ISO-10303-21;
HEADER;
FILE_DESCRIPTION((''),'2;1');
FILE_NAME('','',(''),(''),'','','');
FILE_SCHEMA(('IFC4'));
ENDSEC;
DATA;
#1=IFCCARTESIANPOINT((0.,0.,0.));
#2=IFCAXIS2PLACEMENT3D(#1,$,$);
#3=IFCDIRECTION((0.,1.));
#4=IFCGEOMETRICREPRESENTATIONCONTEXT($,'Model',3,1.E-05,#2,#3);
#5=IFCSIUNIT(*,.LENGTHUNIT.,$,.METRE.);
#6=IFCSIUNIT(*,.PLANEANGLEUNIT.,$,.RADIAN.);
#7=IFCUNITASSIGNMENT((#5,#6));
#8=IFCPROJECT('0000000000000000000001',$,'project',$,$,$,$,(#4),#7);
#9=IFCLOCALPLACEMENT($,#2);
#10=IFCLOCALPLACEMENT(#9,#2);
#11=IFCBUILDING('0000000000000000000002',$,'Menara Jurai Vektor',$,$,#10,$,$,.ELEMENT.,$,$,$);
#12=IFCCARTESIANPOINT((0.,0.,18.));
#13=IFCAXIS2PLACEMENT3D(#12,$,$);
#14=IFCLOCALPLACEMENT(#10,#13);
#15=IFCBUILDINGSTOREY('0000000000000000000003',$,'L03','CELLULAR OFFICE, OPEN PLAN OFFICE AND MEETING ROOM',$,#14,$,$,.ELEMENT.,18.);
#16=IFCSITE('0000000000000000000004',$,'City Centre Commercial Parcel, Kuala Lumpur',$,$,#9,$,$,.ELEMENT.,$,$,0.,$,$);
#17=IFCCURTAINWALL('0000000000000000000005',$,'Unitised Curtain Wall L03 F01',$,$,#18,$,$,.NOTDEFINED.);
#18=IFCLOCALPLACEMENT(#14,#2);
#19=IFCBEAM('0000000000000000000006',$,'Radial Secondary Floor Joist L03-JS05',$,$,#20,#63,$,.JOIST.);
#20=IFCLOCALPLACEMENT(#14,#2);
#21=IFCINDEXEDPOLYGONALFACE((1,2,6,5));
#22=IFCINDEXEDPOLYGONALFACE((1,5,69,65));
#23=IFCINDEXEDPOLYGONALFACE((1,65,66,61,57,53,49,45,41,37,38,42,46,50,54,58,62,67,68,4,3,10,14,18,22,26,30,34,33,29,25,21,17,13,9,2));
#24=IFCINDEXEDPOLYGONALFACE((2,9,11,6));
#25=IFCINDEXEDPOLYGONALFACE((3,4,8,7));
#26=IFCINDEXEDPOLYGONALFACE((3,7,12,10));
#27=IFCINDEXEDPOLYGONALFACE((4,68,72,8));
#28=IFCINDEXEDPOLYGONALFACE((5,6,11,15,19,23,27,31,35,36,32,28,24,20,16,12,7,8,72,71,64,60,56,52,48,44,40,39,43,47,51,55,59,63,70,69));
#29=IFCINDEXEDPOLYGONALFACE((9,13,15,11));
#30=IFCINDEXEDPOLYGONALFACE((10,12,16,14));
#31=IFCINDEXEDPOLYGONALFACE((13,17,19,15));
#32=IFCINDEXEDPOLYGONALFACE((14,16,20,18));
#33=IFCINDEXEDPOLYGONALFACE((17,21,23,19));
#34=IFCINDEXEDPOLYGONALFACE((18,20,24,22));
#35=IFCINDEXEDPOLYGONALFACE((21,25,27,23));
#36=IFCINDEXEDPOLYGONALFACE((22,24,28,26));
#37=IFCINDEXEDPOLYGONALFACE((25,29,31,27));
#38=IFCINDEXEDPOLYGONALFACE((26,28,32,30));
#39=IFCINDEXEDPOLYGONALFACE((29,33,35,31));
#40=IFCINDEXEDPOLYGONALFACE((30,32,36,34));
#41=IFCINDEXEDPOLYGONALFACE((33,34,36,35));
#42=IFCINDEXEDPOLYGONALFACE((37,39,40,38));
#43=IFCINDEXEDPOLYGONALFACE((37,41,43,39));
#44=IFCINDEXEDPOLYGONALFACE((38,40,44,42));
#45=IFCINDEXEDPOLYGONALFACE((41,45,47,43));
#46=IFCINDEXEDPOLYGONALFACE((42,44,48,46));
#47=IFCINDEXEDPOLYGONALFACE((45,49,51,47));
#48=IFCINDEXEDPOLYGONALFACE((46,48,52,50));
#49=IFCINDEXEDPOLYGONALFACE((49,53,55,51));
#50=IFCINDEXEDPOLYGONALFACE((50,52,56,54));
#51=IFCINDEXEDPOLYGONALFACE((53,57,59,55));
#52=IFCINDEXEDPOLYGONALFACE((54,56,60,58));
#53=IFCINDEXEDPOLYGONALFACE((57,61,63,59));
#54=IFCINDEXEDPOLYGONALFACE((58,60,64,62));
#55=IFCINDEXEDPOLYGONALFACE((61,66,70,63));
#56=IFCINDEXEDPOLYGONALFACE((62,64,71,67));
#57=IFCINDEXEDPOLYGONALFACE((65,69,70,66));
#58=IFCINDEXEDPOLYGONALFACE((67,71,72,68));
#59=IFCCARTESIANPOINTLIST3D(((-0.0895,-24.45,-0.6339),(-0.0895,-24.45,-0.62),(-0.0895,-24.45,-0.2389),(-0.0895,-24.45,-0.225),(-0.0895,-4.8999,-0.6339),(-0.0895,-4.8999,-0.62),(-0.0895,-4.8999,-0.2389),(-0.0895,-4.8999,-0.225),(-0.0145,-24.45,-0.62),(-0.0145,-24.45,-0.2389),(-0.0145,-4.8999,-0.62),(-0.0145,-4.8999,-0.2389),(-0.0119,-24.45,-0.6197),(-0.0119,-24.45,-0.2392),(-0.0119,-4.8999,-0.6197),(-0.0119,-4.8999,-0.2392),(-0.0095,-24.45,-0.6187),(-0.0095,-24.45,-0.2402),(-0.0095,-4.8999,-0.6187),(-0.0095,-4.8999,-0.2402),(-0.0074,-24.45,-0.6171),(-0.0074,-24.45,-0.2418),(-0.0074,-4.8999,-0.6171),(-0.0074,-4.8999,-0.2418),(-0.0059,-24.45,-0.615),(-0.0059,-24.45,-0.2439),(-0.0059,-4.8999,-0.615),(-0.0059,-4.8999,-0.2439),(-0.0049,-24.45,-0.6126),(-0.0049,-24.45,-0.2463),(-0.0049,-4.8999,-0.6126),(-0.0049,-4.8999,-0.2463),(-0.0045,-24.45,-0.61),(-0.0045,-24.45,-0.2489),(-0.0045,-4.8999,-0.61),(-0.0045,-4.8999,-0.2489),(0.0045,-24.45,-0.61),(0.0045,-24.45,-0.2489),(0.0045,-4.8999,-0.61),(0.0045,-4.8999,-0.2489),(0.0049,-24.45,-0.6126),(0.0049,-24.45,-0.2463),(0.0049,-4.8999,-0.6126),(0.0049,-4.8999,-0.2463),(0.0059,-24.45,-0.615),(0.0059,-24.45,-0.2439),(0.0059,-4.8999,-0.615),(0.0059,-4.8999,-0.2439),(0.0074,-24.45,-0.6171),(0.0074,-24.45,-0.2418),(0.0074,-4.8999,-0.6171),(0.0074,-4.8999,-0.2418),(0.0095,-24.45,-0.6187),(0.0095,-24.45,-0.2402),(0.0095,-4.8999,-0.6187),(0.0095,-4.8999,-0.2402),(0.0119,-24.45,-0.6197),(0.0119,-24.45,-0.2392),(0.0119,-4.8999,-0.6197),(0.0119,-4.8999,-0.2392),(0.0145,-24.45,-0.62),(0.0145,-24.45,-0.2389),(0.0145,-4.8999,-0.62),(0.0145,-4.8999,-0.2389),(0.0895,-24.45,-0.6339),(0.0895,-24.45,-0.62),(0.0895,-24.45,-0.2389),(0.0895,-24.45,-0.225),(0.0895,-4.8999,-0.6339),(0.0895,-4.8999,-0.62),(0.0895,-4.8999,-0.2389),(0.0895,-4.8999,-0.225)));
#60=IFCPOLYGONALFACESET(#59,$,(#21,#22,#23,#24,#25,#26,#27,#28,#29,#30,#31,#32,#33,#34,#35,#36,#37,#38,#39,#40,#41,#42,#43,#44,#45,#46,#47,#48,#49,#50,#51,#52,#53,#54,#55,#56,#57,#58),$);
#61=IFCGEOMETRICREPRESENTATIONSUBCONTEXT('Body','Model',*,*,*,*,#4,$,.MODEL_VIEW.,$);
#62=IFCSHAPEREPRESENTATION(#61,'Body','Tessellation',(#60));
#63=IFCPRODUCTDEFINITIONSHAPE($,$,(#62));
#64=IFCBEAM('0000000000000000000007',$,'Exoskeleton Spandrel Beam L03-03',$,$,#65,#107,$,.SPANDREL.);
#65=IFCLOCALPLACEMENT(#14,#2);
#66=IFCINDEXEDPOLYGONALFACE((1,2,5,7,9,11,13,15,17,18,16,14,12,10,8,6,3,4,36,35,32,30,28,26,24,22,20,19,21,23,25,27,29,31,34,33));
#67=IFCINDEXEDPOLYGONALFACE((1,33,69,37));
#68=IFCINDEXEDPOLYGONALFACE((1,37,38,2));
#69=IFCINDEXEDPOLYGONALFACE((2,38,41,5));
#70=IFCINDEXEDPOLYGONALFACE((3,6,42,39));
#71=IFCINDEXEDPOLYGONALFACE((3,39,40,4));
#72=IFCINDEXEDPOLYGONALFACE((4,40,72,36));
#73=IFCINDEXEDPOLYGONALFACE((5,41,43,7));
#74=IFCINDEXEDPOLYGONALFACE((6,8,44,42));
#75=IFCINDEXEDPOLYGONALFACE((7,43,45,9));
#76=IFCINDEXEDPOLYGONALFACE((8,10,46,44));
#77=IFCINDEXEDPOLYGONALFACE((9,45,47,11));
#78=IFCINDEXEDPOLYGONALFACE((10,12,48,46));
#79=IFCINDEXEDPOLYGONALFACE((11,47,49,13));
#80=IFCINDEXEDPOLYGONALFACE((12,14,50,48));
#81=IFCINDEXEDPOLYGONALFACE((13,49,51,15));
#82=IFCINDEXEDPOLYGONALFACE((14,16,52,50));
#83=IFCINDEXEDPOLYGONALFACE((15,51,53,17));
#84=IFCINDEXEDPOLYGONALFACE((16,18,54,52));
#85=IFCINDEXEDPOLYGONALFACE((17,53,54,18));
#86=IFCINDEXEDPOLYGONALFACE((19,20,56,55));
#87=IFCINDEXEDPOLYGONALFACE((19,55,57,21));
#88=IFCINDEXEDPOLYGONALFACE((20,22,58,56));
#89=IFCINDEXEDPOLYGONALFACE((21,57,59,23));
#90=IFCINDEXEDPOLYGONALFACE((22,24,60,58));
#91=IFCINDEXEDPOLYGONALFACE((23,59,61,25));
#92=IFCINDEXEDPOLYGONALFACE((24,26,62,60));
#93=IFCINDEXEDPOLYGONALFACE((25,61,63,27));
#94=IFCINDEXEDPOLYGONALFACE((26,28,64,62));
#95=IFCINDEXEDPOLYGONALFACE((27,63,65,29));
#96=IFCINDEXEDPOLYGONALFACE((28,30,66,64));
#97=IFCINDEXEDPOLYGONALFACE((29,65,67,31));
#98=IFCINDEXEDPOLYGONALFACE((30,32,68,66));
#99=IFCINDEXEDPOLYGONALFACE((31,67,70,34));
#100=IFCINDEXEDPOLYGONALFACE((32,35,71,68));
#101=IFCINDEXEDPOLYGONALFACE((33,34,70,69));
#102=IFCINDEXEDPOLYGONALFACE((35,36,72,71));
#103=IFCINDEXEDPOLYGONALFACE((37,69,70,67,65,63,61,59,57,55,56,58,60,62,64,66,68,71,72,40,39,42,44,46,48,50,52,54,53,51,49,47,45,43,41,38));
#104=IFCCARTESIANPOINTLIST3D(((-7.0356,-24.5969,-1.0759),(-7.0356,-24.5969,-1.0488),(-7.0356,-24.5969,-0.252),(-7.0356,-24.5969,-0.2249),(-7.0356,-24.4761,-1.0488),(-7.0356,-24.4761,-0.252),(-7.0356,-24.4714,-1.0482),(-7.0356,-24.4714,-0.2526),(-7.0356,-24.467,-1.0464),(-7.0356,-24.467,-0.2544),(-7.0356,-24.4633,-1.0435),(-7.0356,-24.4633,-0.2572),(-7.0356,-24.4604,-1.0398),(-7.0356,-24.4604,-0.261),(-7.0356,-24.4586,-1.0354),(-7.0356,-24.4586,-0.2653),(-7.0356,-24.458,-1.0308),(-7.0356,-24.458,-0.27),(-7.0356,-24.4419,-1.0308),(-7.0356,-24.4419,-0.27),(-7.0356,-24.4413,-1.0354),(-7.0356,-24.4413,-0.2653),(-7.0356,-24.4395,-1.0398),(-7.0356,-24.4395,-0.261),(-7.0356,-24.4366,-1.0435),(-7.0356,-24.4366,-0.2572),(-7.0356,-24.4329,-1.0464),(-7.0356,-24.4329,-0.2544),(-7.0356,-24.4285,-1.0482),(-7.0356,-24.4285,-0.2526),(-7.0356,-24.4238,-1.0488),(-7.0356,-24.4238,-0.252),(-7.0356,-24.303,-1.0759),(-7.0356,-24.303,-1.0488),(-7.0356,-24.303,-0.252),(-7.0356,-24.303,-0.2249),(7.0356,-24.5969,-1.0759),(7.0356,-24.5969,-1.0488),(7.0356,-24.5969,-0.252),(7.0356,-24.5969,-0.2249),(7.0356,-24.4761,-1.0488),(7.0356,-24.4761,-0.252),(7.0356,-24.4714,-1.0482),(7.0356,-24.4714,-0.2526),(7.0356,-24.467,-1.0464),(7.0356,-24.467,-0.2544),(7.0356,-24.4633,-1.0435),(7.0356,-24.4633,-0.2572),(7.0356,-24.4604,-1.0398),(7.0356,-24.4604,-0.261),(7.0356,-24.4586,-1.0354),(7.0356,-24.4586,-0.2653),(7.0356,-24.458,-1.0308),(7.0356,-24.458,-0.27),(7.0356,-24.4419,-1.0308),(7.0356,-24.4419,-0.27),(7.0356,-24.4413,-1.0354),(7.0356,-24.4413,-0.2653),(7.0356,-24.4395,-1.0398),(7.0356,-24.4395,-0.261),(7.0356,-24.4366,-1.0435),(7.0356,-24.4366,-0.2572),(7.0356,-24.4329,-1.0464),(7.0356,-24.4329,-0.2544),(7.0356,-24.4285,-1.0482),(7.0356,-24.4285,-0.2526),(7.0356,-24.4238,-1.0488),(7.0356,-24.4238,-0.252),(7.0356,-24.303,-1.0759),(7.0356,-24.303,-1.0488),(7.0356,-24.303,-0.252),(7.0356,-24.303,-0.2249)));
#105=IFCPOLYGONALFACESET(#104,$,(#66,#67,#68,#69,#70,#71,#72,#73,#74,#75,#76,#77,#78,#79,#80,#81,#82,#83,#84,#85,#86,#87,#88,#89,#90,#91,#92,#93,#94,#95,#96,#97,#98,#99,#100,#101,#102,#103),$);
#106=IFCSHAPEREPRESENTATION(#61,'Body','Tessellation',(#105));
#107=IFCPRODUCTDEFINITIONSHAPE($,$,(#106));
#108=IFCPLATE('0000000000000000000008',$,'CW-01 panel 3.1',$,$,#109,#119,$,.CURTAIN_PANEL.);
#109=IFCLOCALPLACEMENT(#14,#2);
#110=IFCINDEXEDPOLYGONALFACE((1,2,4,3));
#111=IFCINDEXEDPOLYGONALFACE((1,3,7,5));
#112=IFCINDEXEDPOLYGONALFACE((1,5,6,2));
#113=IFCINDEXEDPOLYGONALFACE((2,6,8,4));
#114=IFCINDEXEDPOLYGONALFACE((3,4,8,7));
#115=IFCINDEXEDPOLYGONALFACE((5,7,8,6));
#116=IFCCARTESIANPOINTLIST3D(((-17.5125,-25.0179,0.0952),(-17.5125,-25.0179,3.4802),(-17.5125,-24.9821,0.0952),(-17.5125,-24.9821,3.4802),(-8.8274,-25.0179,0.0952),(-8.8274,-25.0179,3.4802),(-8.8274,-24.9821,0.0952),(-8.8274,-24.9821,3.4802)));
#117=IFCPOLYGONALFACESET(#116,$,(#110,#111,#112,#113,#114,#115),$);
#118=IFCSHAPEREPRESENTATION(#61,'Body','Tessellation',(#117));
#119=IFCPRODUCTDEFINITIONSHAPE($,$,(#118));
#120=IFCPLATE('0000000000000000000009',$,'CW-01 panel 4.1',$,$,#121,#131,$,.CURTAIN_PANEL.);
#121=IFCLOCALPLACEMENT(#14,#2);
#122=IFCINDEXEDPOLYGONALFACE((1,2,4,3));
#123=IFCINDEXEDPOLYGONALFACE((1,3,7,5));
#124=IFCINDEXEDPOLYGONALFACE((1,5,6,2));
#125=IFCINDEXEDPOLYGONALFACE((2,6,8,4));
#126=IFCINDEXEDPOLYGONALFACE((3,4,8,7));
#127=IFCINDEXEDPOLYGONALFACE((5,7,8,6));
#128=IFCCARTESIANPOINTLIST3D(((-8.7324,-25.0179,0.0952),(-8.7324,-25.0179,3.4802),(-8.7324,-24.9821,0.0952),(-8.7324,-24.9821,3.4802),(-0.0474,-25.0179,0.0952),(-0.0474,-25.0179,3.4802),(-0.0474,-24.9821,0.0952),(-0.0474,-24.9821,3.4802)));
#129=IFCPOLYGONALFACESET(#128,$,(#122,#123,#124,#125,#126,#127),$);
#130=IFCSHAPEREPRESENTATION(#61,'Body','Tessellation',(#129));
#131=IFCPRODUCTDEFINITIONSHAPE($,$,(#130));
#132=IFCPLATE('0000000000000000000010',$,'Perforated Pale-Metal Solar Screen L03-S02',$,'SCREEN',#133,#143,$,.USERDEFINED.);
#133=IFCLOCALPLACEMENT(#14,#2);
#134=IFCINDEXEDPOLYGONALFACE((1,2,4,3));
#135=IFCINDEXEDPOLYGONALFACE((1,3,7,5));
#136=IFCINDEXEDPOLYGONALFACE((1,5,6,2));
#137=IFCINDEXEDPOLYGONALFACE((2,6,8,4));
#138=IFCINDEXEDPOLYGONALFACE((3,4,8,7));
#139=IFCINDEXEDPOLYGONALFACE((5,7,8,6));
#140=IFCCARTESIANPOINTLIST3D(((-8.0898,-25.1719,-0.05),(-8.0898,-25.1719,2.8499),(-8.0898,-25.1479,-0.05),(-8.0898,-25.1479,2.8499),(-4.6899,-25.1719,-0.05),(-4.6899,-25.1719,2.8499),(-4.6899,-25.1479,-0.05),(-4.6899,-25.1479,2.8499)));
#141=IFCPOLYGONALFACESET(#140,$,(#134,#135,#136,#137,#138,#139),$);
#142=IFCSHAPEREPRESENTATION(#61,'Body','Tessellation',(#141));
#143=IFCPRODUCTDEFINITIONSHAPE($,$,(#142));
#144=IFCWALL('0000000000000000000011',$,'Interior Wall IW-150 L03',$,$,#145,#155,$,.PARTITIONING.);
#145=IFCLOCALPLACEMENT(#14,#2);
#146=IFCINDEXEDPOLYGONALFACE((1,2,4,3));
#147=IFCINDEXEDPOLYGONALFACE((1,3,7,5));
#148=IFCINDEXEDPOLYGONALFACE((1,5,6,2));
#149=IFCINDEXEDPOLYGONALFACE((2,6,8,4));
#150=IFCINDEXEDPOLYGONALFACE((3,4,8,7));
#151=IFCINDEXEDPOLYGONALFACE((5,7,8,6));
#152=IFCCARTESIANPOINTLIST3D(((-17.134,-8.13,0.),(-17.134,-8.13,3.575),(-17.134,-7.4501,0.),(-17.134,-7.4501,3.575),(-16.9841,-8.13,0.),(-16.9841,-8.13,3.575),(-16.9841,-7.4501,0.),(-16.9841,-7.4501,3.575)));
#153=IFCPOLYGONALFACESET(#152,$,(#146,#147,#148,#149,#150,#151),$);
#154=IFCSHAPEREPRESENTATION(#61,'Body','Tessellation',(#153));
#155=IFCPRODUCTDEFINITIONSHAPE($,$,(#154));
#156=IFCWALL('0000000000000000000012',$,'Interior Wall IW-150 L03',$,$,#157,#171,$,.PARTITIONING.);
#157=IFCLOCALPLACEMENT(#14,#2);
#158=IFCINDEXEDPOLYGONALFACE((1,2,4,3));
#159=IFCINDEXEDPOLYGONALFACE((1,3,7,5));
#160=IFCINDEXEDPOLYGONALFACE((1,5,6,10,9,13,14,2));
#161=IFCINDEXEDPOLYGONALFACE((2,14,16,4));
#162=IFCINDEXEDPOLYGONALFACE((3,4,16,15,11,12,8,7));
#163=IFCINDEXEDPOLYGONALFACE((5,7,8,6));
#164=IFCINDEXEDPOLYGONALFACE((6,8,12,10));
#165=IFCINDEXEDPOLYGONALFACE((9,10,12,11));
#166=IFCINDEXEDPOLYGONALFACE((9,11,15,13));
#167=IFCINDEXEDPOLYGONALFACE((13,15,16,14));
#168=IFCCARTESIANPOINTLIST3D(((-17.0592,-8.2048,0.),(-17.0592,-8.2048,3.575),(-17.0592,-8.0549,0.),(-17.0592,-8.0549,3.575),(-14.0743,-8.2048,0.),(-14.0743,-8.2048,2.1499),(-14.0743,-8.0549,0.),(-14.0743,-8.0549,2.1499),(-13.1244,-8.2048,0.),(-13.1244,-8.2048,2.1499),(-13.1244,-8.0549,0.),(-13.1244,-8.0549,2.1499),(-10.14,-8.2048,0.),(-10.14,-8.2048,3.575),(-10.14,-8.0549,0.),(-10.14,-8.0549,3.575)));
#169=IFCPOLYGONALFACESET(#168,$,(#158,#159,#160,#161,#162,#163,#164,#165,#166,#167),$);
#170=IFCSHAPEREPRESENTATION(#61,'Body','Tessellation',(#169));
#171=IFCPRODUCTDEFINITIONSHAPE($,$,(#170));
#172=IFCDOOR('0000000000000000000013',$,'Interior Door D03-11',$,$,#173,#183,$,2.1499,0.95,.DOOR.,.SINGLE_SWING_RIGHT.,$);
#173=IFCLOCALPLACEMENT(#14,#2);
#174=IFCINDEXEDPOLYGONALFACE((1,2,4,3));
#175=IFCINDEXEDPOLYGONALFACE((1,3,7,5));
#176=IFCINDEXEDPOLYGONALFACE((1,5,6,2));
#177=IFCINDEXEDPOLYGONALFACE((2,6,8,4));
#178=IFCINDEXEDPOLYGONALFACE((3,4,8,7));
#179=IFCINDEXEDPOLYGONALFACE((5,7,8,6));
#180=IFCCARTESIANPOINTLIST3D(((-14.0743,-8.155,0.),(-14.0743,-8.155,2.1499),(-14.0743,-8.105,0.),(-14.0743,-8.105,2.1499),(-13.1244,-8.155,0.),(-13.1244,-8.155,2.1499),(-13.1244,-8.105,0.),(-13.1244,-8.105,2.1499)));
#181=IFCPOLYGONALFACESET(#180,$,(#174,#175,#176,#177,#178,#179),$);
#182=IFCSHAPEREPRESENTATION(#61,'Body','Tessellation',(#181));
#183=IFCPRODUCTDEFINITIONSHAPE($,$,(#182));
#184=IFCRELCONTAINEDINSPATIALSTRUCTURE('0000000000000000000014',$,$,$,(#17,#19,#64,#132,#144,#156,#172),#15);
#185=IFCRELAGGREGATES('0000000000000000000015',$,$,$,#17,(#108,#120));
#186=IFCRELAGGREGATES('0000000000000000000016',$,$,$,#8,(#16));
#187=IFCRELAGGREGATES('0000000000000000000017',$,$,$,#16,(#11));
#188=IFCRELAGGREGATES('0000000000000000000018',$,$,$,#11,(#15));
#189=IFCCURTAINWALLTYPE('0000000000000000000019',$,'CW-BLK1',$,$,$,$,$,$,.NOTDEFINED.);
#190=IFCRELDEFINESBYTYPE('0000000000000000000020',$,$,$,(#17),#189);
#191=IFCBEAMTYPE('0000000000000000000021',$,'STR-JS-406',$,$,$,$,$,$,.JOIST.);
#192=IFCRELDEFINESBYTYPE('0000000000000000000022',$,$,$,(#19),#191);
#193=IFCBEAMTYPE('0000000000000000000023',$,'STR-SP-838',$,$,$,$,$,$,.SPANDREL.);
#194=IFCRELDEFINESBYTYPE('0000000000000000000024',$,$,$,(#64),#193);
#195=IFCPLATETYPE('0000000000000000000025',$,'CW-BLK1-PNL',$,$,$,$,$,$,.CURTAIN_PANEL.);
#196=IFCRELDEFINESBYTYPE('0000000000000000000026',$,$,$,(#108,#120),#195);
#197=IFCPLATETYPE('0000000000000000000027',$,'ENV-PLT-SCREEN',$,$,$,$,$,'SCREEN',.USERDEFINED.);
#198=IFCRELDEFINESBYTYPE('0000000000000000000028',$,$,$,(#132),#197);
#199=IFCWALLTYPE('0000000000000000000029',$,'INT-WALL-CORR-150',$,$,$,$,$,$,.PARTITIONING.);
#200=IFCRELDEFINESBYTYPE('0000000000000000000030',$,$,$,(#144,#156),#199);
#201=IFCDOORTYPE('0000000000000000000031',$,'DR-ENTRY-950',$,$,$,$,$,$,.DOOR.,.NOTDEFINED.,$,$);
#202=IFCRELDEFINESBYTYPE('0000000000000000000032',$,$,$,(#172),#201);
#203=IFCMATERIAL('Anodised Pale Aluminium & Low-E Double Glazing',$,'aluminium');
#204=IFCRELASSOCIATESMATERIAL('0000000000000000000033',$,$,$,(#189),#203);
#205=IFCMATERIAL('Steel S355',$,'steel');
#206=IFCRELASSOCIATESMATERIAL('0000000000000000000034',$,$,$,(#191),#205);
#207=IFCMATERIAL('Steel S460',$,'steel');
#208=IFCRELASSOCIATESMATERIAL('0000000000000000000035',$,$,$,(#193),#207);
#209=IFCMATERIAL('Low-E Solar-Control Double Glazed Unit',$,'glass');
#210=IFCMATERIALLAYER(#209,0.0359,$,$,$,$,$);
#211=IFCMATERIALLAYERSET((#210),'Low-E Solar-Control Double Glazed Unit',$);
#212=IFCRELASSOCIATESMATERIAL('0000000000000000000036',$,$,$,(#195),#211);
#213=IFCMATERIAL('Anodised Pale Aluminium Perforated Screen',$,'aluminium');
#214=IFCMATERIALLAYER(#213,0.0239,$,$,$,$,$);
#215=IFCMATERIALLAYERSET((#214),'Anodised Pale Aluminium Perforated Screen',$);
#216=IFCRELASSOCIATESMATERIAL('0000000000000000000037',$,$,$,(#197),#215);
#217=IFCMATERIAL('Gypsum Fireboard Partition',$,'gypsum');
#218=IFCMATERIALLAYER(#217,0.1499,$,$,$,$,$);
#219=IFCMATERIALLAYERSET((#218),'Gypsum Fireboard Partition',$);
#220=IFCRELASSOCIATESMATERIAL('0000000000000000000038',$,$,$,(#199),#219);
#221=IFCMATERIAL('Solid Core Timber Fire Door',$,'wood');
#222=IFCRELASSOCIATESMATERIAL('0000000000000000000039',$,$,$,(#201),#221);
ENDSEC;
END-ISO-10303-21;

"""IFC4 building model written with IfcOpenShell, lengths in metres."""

from ifc_helpers import new_model, si_unit, direction, frame, frame_2d, origin, origin_2d, place, context, subcontext, project, spatial, rectangle, i_section, extrude, material, layer, layer_set, material_profile, profile_set, type_object, element, fill, aggregate, save


model = new_model("IFC4")

# Units and contexts
model_context = context("Model", 3, precision=1e-05, world=origin(), true_north=direction((0.0, 1.0)))
body_context = subcontext(model_context, "Body", "Model", "MODEL_VIEW")
ifc_project = project(units=[si_unit("LENGTHUNIT", "METRE"), si_unit("PLANEANGLEUNIT", "RADIAN")], contexts=[model_context])

# Site, building, storey
site_placement = place(None, origin())
site = spatial("IfcSite", under=ifc_project, at=site_placement, Name="City Centre Commercial Parcel, Kuala Lumpur", CompositionType="ELEMENT", RefElevation=0.0)
building_placement = place(site_placement, origin())
building = spatial("IfcBuilding", under=site, at=building_placement, Name="Menara Jurai Vektor", CompositionType="ELEMENT")
storey_placement = place(building_placement, frame((0.0, 0.0, 18.0)))
storey = spatial("IfcBuildingStorey", under=building, at=storey_placement, Name="L03", Description="CELLULAR OFFICE, OPEN PLAN OFFICE AND MEETING ROOM", CompositionType="ELEMENT", Elevation=18.0)

# Shared definitions
ifc_material_1 = material(Name="Steel S460", Category="steel")

# Curtain wall
ifc_material_2 = material(Name="Anodised Pale Aluminium & Low-E Double Glazing", Category="aluminium")
curtain_wall_type = type_object("IfcCurtainWallType", Name="CW-BLK1", PredefinedType="NOTDEFINED", material=ifc_material_2)
curtain_wall_placement = place(storey_placement, origin())
curtain_wall = element("IfcCurtainWall", 1, at=curtain_wall_placement, inside=storey, type_object=curtain_wall_type, Name="Unitised Curtain Wall L03 F01", PredefinedType="NOTDEFINED")

# Beams
ifc_material_3 = material(Name="Steel S355", Category="steel")
ifc_material_profile_1 = material_profile(ifc_material_3, i_section(OverallWidth=0.179, OverallDepth=0.4089, WebThickness=0.009, FlangeThickness=0.0139, FilletRadius=0.01, at=origin_2d()), Name="UKB 406x178x67")
ifc_profile_set_1 = profile_set([ifc_material_profile_1], Name="Steel S355")
beam_type_1 = type_object("IfcBeamType", Name="STR-JS-406", PredefinedType="JOIST", material=ifc_profile_set_1)
beam_1_placement = place(storey_placement, frame((0.0, -24.45, -0.4294), z_axis=(0.0, 1.0, 0.0), x_axis=(-1.0, 0.0, 0.0)))
element("IfcBeam", 2, at=beam_1_placement, inside=storey, type_object=beam_type_1, Name="Radial Secondary Floor Joist L03-JS05", PredefinedType="JOIST", context=body_context, shape_type="SweptSolid", body=[
    extrude(i_section(OverallWidth=0.179, OverallDepth=0.4089, WebThickness=0.009, FlangeThickness=0.0139, FilletRadius=0.01, at=origin_2d()), origin(), (0.0, 0.0, 1.0), 19.55),
])
ifc_material_profile_2 = material_profile(ifc_material_1, i_section(OverallWidth=0.2939, OverallDepth=0.8511, WebThickness=0.0161, FlangeThickness=0.0271, FilletRadius=0.0181, at=origin_2d()), Name="UKB 838x292x226")
ifc_profile_set_2 = profile_set([ifc_material_profile_2], Name="Steel S460")
beam_type_2 = type_object("IfcBeamType", Name="STR-SP-838", PredefinedType="SPANDREL", material=ifc_profile_set_2)
beam_2_placement = place(storey_placement, frame((-7.0356, -24.45, -0.6504), z_axis=(1.0, 0.0, 0.0), x_axis=(0.0, 1.0, 0.0)))
element("IfcBeam", 3, at=beam_2_placement, inside=storey, type_object=beam_type_2, Name="Exoskeleton Spandrel Beam L03-03", PredefinedType="SPANDREL", context=body_context, shape_type="SweptSolid", body=[
    extrude(i_section(OverallWidth=0.2939, OverallDepth=0.8511, WebThickness=0.0161, FlangeThickness=0.0271, FilletRadius=0.0181, at=origin_2d()), origin(), (0.0, 0.0, 1.0), 14.0713),
])

# Plates
ifc_material_4 = material(Name="Low-E Solar-Control Double Glazed Unit", Category="glass")
ifc_layer_1 = layer(ifc_material_4, 0.0359)
ifc_layer_set_1 = layer_set([ifc_layer_1], Name="Low-E Solar-Control Double Glazed Unit")
plate_type_1 = type_object("IfcPlateType", Name="CW-BLK1-PNL", PredefinedType="CURTAIN_PANEL", material=ifc_layer_set_1)
plate_1_placement = place(storey_placement, frame((-13.1699, -25.0, 0.0952), z_axis=(0.0, 0.0, 1.0), x_axis=(1.0, 0.0, 0.0)))
plate_1 = element("IfcPlate", 4, at=plate_1_placement, type_object=plate_type_1, Name="CW-01 panel 3.1", PredefinedType="CURTAIN_PANEL", context=body_context, shape_type="SweptSolid", body=[
    extrude(rectangle(XDim=8.6851, YDim=0.0359, at=origin_2d()), origin(), (0.0, 0.0, 1.0), 3.385),
])
plate_2_placement = place(storey_placement, frame((-4.3899, -25.0, 0.0952), z_axis=(0.0, 0.0, 1.0), x_axis=(1.0, 0.0, 0.0)))
plate_2 = element("IfcPlate", 5, at=plate_2_placement, type_object=plate_type_1, Name="CW-01 panel 4.1", PredefinedType="CURTAIN_PANEL", context=body_context, shape_type="SweptSolid", body=[
    extrude(rectangle(XDim=8.6851, YDim=0.0359, at=origin_2d()), origin(), (0.0, 0.0, 1.0), 3.385),
])
aggregate(curtain_wall, [plate_1, plate_2])
ifc_material_5 = material(Name="Anodised Pale Aluminium Perforated Screen", Category="aluminium")
ifc_layer_2 = layer(ifc_material_5, 0.0239)
ifc_layer_set_2 = layer_set([ifc_layer_2], Name="Anodised Pale Aluminium Perforated Screen")
plate_type_2 = type_object("IfcPlateType", Name="ENV-PLT-SCREEN", ElementType="SCREEN", PredefinedType="USERDEFINED", material=ifc_layer_set_2)
plate_3_placement = place(storey_placement, frame((-6.3899, -25.1599, -0.05), z_axis=(0.0, 0.0, 1.0), x_axis=(1.0, 0.0, 0.0)))
element("IfcPlate", 6, at=plate_3_placement, inside=storey, type_object=plate_type_2, Name="Perforated Pale-Metal Solar Screen L03-S02", ObjectType="SCREEN", PredefinedType="USERDEFINED", context=body_context, shape_type="SweptSolid", body=[
    extrude(rectangle(XDim=3.3999, YDim=0.0239, at=origin_2d()), origin(), (0.0, 0.0, 1.0), 2.8999),
])

# Wall
ifc_material_6 = material(Name="Gypsum Fireboard Partition", Category="gypsum")
ifc_layer_3 = layer(ifc_material_6, 0.1499)
ifc_layer_set_3 = layer_set([ifc_layer_3], Name="Gypsum Fireboard Partition")
wall_type_1 = type_object("IfcWallType", Name="INT-WALL-CORR-150", PredefinedType="PARTITIONING", material=ifc_layer_set_3)
wall_1_placement = place(storey_placement, frame((-17.0591, -8.1299, 0.0), z_axis=(0.0, 0.0, 1.0), x_axis=(0.0, 1.0, 0.0)))
element("IfcWall", 7, at=wall_1_placement, inside=storey, type_object=wall_type_1, Name="Interior Wall IW-150 L03", PredefinedType="PARTITIONING", context=body_context, shape_type="SweptSolid", body=[
    extrude(rectangle(XDim=0.6799, YDim=0.1499, at=frame_2d((0.3398, 0.0))), origin(), (0.0, 0.0, 1.0), 3.575),
])

# Wall, opening, door
wall_2_placement = place(storey_placement, frame((-17.0591, -8.1299, 0.0), z_axis=(0.0, 0.0, 1.0), x_axis=(1.0, 0.0, 0.0)))
wall_2 = element("IfcWall", 8, at=wall_2_placement, inside=storey, type_object=wall_type_1, Name="Interior Wall IW-150 L03", PredefinedType="PARTITIONING", context=body_context, shape_type="SweptSolid", body=[
    extrude(rectangle(XDim=6.9192, YDim=0.1499, at=frame_2d((3.4595, 0.0))), origin(), (0.0, 0.0, 1.0), 3.575),
])
opening_1_placement = place(wall_2_placement, frame((2.9846, 0.0, 0.0)))
opening_1 = element("IfcOpeningElement", 9, at=opening_1_placement, cuts=wall_2, PredefinedType="OPENING", context=body_context, shape_type="SweptSolid", body=[
    extrude(rectangle(XDim=0.95, YDim=2.1499, at=frame_2d((0.4751, 1.075))), frame((0.0, 0.085, 0.0), z_axis=(0.0, -1.0, 0.0), x_axis=(1.0, 0.0, 0.0)), (0.0, 0.0, 1.0), 0.1699),
])
ifc_material_7 = material(Name="Solid Core Timber Fire Door", Category="wood")
door_type = type_object("IfcDoorType", Name="DR-ENTRY-950", OperationType="NOTDEFINED", PredefinedType="DOOR", material=ifc_material_7)
door_1_placement = place(opening_1_placement, origin())
door_1 = element("IfcDoor", 10, at=door_1_placement, inside=storey, type_object=door_type, Name="Interior Door D03-11", OperationType="SINGLE_SWING_RIGHT", OverallHeight=2.1499, OverallWidth=0.95, PredefinedType="DOOR", context=body_context, shape_type="SweptSolid", body=[
    extrude(rectangle(XDim=0.95, YDim=2.1499, at=frame_2d((0.4751, 1.075))), frame((0.0, 0.0249, 0.0), z_axis=(0.0, -1.0, 0.0), x_axis=(1.0, 0.0, 0.0)), (0.0, 0.0, 1.0), 0.05),
])
fill(opening_1, door_1)

save(model, "model.ifc")
